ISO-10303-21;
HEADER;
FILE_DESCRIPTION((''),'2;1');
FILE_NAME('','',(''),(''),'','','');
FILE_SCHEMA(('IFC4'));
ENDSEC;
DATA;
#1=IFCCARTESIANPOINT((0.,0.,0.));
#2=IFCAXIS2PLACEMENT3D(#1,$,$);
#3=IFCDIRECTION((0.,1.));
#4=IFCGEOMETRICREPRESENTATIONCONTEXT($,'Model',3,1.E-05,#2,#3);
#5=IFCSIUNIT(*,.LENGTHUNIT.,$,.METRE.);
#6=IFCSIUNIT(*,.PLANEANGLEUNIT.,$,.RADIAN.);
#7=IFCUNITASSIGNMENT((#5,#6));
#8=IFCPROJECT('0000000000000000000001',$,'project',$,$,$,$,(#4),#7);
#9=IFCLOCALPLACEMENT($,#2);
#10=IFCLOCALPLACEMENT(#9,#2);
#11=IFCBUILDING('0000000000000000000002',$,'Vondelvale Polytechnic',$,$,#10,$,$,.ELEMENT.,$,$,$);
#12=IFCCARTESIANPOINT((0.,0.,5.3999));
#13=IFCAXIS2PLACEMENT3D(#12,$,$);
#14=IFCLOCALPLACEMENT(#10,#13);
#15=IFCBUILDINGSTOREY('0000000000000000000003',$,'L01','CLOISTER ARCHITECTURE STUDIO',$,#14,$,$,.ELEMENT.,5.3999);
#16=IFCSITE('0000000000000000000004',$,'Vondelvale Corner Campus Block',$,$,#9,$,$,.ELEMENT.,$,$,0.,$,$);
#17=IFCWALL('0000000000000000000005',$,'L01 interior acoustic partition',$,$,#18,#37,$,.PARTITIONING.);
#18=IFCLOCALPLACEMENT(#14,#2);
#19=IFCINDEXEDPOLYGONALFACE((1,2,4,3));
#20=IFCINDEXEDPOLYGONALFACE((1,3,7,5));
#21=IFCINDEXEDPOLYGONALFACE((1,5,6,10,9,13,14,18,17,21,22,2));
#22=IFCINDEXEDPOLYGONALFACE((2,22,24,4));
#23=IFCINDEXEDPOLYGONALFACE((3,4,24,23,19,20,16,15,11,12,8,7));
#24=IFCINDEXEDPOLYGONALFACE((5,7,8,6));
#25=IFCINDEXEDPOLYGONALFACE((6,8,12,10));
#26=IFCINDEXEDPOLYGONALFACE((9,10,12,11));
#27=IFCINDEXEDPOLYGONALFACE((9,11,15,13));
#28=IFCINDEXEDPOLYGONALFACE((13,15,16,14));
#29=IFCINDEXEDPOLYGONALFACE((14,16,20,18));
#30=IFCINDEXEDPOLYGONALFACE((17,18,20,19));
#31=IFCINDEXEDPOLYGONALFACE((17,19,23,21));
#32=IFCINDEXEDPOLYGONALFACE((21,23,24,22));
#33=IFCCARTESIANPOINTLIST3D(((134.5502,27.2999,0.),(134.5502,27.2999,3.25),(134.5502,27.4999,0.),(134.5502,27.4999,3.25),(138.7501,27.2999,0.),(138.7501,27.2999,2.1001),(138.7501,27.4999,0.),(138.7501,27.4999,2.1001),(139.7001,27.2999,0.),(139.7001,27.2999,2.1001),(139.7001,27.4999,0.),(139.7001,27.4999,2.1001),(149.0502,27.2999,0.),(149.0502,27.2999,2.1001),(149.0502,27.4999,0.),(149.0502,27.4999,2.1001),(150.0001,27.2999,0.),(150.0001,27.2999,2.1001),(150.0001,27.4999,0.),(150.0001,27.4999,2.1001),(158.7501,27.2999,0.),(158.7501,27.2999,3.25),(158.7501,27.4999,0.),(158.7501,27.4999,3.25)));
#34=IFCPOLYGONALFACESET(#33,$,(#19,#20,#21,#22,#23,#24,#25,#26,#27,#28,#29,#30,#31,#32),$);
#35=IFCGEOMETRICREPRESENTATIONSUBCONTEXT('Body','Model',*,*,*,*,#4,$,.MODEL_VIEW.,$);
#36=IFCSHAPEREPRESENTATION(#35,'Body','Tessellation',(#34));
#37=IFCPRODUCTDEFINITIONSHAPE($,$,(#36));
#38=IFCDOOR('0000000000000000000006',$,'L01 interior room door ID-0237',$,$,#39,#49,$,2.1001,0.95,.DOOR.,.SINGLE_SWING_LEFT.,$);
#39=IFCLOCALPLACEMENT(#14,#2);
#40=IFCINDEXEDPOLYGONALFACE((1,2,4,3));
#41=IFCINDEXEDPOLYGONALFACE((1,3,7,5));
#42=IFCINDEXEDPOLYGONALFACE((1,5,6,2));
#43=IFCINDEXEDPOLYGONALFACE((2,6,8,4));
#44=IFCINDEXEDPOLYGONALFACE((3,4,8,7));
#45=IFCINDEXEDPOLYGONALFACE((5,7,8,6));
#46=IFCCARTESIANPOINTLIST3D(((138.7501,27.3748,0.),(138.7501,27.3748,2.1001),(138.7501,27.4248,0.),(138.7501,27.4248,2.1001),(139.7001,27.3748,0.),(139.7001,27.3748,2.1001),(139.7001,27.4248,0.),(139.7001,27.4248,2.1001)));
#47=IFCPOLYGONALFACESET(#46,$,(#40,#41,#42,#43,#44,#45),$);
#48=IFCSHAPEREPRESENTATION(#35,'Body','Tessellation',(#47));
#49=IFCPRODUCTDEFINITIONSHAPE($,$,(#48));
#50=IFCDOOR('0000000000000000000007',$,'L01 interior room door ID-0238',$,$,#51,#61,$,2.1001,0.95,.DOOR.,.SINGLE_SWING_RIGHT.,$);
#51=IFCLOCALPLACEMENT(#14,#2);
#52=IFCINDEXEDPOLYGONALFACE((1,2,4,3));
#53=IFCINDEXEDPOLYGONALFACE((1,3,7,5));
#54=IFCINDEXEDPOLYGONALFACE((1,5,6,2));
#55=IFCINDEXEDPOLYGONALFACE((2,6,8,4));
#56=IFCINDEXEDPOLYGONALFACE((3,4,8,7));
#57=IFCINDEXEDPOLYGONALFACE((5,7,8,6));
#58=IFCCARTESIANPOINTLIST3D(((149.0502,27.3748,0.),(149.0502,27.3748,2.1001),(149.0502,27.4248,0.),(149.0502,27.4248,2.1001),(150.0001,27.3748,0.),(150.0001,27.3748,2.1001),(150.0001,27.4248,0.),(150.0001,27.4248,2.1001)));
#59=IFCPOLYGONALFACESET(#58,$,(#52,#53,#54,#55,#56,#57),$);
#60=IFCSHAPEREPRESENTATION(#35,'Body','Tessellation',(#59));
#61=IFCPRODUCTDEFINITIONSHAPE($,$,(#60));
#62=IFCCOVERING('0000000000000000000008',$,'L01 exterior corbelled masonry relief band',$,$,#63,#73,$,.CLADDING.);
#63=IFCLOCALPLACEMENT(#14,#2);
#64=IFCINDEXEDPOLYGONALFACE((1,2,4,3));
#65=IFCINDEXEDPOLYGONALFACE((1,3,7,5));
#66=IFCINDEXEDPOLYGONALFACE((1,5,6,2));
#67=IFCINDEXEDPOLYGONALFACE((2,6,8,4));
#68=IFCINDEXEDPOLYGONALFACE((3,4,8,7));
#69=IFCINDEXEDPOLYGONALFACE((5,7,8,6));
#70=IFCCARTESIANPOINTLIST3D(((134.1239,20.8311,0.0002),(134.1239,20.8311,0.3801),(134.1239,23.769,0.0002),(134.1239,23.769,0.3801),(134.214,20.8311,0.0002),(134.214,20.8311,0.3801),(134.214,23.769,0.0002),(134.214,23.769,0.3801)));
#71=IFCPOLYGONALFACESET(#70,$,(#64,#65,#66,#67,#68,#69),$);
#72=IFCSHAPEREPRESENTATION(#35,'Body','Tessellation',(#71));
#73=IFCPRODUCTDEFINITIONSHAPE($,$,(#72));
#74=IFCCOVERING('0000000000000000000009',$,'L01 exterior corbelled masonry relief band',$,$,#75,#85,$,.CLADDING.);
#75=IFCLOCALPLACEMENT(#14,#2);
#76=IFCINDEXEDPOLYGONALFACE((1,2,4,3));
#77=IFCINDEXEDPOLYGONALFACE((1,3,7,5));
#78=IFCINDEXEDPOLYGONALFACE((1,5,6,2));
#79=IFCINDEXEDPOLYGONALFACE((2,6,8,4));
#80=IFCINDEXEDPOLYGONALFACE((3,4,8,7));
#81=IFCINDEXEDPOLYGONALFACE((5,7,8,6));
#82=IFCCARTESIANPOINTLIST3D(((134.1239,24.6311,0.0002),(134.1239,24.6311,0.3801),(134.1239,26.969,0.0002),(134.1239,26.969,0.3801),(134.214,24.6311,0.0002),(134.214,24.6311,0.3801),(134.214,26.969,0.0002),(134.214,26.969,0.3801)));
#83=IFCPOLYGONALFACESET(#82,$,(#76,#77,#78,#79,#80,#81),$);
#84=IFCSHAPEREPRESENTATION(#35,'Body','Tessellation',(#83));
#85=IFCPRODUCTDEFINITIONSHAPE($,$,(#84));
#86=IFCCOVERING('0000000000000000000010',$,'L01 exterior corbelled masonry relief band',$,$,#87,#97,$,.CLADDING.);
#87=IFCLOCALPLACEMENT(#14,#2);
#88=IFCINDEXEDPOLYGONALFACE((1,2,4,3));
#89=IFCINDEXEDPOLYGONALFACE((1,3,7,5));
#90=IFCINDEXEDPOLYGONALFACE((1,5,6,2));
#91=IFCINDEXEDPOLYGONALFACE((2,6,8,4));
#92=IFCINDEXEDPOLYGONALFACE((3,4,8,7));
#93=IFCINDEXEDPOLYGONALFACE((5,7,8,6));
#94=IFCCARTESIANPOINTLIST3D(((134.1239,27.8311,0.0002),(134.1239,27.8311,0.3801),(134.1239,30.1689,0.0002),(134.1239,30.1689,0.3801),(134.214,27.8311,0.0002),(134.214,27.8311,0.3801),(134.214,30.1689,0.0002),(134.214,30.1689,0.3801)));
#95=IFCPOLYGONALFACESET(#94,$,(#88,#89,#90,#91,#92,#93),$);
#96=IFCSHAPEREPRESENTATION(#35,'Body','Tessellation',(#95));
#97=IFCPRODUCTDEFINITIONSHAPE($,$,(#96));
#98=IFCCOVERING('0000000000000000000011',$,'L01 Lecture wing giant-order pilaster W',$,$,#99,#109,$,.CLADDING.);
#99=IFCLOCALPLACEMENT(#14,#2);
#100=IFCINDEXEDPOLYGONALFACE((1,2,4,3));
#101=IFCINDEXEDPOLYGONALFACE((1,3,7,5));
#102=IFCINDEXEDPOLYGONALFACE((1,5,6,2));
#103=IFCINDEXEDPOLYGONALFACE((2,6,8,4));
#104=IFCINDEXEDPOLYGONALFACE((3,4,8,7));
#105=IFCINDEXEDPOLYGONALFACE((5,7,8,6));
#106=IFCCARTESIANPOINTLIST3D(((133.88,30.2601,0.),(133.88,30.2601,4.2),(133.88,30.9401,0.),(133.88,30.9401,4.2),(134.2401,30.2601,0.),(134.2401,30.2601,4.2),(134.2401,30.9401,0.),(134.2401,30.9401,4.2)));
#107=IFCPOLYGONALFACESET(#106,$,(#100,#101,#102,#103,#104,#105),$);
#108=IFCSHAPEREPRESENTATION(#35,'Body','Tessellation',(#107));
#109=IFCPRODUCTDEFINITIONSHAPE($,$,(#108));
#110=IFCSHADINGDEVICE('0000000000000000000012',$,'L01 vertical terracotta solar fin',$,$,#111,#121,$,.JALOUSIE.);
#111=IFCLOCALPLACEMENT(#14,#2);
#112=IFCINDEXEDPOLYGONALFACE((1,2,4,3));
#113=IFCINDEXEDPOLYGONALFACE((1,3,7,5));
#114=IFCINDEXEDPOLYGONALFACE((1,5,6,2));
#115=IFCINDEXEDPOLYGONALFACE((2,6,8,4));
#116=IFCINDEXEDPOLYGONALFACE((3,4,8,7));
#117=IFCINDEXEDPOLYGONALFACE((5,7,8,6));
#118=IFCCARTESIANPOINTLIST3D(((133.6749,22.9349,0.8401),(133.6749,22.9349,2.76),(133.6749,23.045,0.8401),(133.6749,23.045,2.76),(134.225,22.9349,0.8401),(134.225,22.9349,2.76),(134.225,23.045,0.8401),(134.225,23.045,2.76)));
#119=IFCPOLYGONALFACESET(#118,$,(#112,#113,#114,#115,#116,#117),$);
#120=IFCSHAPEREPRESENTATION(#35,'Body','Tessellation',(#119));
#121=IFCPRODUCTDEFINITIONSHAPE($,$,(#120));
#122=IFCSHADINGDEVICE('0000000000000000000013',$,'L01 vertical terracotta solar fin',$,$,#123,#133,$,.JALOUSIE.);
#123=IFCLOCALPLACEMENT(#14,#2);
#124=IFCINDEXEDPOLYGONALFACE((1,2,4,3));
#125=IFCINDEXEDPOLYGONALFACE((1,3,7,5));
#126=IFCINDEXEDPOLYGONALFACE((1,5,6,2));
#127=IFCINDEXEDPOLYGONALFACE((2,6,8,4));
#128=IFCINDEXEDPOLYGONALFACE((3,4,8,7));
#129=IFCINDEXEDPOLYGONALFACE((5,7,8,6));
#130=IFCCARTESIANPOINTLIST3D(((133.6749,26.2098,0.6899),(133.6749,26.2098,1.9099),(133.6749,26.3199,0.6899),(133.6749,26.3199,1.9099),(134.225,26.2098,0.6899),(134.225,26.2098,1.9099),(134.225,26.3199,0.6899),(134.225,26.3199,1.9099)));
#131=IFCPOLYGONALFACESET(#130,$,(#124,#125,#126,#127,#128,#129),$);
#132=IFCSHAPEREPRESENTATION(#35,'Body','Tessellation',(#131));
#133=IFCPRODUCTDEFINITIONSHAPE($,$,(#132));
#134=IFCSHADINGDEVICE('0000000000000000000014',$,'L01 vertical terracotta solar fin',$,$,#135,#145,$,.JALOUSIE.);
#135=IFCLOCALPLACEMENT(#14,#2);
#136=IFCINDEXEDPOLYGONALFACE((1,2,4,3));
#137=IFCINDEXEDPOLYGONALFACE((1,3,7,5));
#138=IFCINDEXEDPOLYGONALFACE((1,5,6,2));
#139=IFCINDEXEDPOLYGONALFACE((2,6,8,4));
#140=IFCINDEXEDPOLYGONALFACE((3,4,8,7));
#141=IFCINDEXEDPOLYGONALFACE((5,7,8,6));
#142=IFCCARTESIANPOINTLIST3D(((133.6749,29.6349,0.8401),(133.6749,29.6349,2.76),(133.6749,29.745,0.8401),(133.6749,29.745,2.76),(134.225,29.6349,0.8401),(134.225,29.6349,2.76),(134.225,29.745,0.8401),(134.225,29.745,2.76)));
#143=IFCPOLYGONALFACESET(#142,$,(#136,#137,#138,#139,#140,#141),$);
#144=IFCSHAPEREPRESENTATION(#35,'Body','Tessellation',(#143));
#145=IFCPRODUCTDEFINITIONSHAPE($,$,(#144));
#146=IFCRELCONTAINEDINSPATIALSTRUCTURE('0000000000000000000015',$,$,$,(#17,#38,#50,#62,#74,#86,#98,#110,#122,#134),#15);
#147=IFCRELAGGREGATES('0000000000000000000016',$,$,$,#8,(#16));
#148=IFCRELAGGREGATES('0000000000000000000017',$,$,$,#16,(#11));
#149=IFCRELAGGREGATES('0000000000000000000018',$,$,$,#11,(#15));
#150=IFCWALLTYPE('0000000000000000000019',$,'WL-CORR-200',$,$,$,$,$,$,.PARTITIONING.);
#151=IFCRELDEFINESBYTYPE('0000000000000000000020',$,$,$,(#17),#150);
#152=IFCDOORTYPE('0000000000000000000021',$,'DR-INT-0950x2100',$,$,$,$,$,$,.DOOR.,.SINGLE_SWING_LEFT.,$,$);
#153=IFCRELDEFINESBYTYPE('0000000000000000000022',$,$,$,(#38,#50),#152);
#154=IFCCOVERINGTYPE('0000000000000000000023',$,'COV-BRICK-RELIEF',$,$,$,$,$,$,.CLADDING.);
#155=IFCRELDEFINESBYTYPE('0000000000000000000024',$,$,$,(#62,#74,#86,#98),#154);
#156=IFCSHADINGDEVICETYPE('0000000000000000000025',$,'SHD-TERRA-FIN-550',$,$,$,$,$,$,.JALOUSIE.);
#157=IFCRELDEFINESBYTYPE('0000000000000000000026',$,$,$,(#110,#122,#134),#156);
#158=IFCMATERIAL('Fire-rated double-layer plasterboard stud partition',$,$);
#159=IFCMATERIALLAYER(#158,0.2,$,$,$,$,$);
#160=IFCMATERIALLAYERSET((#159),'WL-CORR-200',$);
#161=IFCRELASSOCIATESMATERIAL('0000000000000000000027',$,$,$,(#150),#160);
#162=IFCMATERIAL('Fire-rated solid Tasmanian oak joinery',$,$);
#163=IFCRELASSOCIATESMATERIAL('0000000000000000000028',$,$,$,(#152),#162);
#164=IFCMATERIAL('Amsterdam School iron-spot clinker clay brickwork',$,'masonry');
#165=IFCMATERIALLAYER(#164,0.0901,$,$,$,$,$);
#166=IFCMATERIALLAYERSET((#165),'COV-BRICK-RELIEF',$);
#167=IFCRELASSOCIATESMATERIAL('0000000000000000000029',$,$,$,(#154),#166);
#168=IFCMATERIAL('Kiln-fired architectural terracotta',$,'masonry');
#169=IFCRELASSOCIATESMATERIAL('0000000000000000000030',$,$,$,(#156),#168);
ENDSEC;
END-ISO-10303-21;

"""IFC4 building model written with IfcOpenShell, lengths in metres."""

from ifc_helpers import new_model, si_unit, direction, frame, frame_2d, origin, origin_2d, place, context, subcontext, project, spatial, rectangle, extrude, material, layer, layer_set, type_object, element, fill, save


model = new_model("IFC4")

# Units and contexts
model_context = context("Model", 3, precision=1e-05, world=origin(), true_north=direction((0.0, 1.0)))
body_context = subcontext(model_context, "Body", "Model", "MODEL_VIEW")
ifc_project = project(units=[si_unit("LENGTHUNIT", "METRE"), si_unit("PLANEANGLEUNIT", "RADIAN")], contexts=[model_context])

# Site, building, storey
site_placement = place(None, origin())
site = spatial("IfcSite", under=ifc_project, at=site_placement, Name="Vondelvale Corner Campus Block", CompositionType="ELEMENT", RefElevation=0.0)
building_placement = place(site_placement, origin())
building = spatial("IfcBuilding", under=site, at=building_placement, Name="Vondelvale Polytechnic", CompositionType="ELEMENT")
storey_placement = place(building_placement, frame((0.0, 0.0, 5.3999)))
storey = spatial("IfcBuildingStorey", under=building, at=storey_placement, Name="L01", Description="CLOISTER ARCHITECTURE STUDIO", CompositionType="ELEMENT", Elevation=5.3999)

# Shared definitions
ifc_material_1 = material(Name="Kiln-fired architectural terracotta", Category="masonry")

# Shared definitions
ifc_material_2 = material(Name="Amsterdam School iron-spot clinker clay brickwork", Category="masonry")

# Shared definitions
ifc_material_3 = material(Name="Fire-rated double-layer plasterboard stud partition")
ifc_layer_1 = layer(ifc_material_3, 0.2)
ifc_layer_set_1 = layer_set([ifc_layer_1], Name="WL-CORR-200")
wall_type_1 = type_object("IfcWallType", Name="WL-CORR-200", PredefinedType="PARTITIONING", material=ifc_layer_set_1)
ifc_material_4 = material(Name="Fire-rated solid Tasmanian oak joinery")
door_type = type_object("IfcDoorType", Name="DR-INT-0950x2100", OperationType="SINGLE_SWING_LEFT", PredefinedType="DOOR", material=ifc_material_4)

# Wall, openings, doors
wall_1_placement = place(storey_placement, frame((134.55, 27.3999, 0.0), z_axis=(0.0, 0.0, 1.0), x_axis=(1.0, 0.0, 0.0)))
wall_1 = element("IfcWall", 1, at=wall_1_placement, inside=storey, type_object=wall_type_1, Name="L01 interior acoustic partition", PredefinedType="PARTITIONING", context=body_context, shape_type="SweptSolid", body=[
    extrude(rectangle(XDim=24.2, YDim=0.2, at=frame_2d((12.1001, 0.0))), origin(), (0.0, 0.0, 1.0), 3.25),
])
opening_1_placement = place(wall_1_placement, frame((4.2, 0.0, 0.0)))
opening_1 = element("IfcOpeningElement", 2, at=opening_1_placement, cuts=wall_1, PredefinedType="OPENING", context=body_context, shape_type="SweptSolid", body=[
    extrude(rectangle(XDim=0.95, YDim=2.1001, at=frame_2d((0.4751, 1.05))), frame((0.0, 0.1099, 0.0), z_axis=(0.0, -1.0, 0.0), x_axis=(1.0, 0.0, 0.0)), (0.0, 0.0, 1.0), 0.22),
])
opening_2_placement = place(wall_1_placement, frame((14.5, 0.0, 0.0)))
opening_2 = element("IfcOpeningElement", 3, at=opening_2_placement, cuts=wall_1, PredefinedType="OPENING", context=body_context, shape_type="SweptSolid", body=[
    extrude(rectangle(XDim=0.95, YDim=2.1001, at=frame_2d((0.4751, 1.05))), frame((0.0, 0.1099, 0.0), z_axis=(0.0, -1.0, 0.0), x_axis=(1.0, 0.0, 0.0)), (0.0, 0.0, 1.0), 0.22),
])
door_1_placement = place(opening_1_placement, origin())
door_1 = element("IfcDoor", 4, at=door_1_placement, inside=storey, type_object=door_type, Name="L01 interior room door ID-0237", OperationType="SINGLE_SWING_LEFT", OverallHeight=2.1001, OverallWidth=0.95, PredefinedType="DOOR", context=body_context, shape_type="SweptSolid", body=[
    extrude(rectangle(XDim=0.95, YDim=2.1001, at=frame_2d((0.4751, 1.05))), frame((0.0, 0.0249, 0.0), z_axis=(0.0, -1.0, 0.0), x_axis=(1.0, 0.0, 0.0)), (0.0, 0.0, 1.0), 0.05),
])
fill(opening_1, door_1)
door_2_placement = place(opening_2_placement, origin())
door_2 = element("IfcDoor", 5, at=door_2_placement, inside=storey, type_object=door_type, Name="L01 interior room door ID-0238", OperationType="SINGLE_SWING_RIGHT", OverallHeight=2.1001, OverallWidth=0.95, PredefinedType="DOOR", context=body_context, shape_type="SweptSolid", body=[
    extrude(rectangle(XDim=0.95, YDim=2.1001, at=frame_2d((0.4751, 1.05))), frame((0.0, 0.0249, 0.0), z_axis=(0.0, -1.0, 0.0), x_axis=(1.0, 0.0, 0.0)), (0.0, 0.0, 1.0), 0.05),
])
fill(opening_2, door_2)

# Coverings
ifc_layer_2 = layer(ifc_material_2, 0.0901)
ifc_layer_set_2 = layer_set([ifc_layer_2], Name="COV-BRICK-RELIEF")
covering_type = type_object("IfcCoveringType", Name="COV-BRICK-RELIEF", PredefinedType="CLADDING", material=ifc_layer_set_2)
covering_1_placement = place(storey_placement, frame((134.1689, 22.3, 0.0002), z_axis=(0.0, 0.0, 1.0), x_axis=(0.0, 1.0, 0.0)))
element("IfcCovering", 6, at=covering_1_placement, inside=storey, type_object=covering_type, Name="L01 exterior corbelled masonry relief band", PredefinedType="CLADDING", context=body_context, shape_type="SweptSolid", body=[
    extrude(rectangle(XDim=2.938, YDim=0.0901, at=origin_2d()), origin(), (0.0, 0.0, 1.0), 0.3799),
])
for number, where, z_axis, x_axis, name in (
    (7, (134.1689, 25.8, 0.0002), (0.0, 0.0, 1.0), (0.0, 1.0, 0.0), "L01 exterior corbelled masonry relief band"),
    (8, (134.1689, 29.0, 0.0002), (0.0, 0.0, 1.0), (0.0, 1.0, 0.0), "L01 exterior corbelled masonry relief band"),
):
    element("IfcCovering", number, at=place(storey_placement, frame(where, z_axis=z_axis, x_axis=x_axis)), inside=storey, type_object=covering_type, Name=name, PredefinedType="CLADDING", context=body_context, shape_type="SweptSolid", body=[
        extrude(rectangle(XDim=2.3379, YDim=0.0901, at=origin_2d()), origin(), (0.0, 0.0, 1.0), 0.3799),
    ])
covering_2_placement = place(storey_placement, frame((134.0601, 30.6001, 0.0), z_axis=(0.0, 0.0, 1.0), x_axis=(1.0, 0.0, 0.0)))
element("IfcCovering", 9, at=covering_2_placement, inside=storey, type_object=covering_type, Name="L01 Lecture wing giant-order pilaster W", PredefinedType="CLADDING", context=body_context, shape_type="SweptSolid", body=[
    extrude(rectangle(XDim=0.3601, YDim=0.6799, at=origin_2d()), origin(), (0.0, 0.0, 1.0), 4.2),
])

# Shading devices
shading_device_type = type_object("IfcShadingDeviceType", Name="SHD-TERRA-FIN-550", PredefinedType="JALOUSIE", material=ifc_material_1)
shading_device_1_placement = place(storey_placement, frame((133.95, 22.99, 0.8401), z_axis=(0.0, 0.0, 1.0), x_axis=(0.0, 1.0, 0.0)))
element("IfcShadingDevice", 10, at=shading_device_1_placement, inside=storey, type_object=shading_device_type, Name="L01 vertical terracotta solar fin", PredefinedType="JALOUSIE", context=body_context, shape_type="SweptSolid", body=[
    extrude(rectangle(XDim=0.1101, YDim=0.55, at=origin_2d()), origin(), (0.0, 0.0, 1.0), 1.9199),
])
shading_device_2_placement = place(storey_placement, frame((133.95, 26.2649, 0.6899), z_axis=(0.0, 0.0, 1.0), x_axis=(0.0, 1.0, 0.0)))
element("IfcShadingDevice", 11, at=shading_device_2_placement, inside=storey, type_object=shading_device_type, Name="L01 vertical terracotta solar fin", PredefinedType="JALOUSIE", context=body_context, shape_type="SweptSolid", body=[
    extrude(rectangle(XDim=0.1101, YDim=0.55, at=origin_2d()), origin(), (0.0, 0.0, 1.0), 1.22),
])
shading_device_3_placement = place(storey_placement, frame((133.95, 29.6899, 0.8401), z_axis=(0.0, 0.0, 1.0), x_axis=(0.0, 1.0, 0.0)))
element("IfcShadingDevice", 12, at=shading_device_3_placement, inside=storey, type_object=shading_device_type, Name="L01 vertical terracotta solar fin", PredefinedType="JALOUSIE", context=body_context, shape_type="SweptSolid", body=[
    extrude(rectangle(XDim=0.1101, YDim=0.55, at=origin_2d()), origin(), (0.0, 0.0, 1.0), 1.9199),
])

save(model, "model.ifc")
